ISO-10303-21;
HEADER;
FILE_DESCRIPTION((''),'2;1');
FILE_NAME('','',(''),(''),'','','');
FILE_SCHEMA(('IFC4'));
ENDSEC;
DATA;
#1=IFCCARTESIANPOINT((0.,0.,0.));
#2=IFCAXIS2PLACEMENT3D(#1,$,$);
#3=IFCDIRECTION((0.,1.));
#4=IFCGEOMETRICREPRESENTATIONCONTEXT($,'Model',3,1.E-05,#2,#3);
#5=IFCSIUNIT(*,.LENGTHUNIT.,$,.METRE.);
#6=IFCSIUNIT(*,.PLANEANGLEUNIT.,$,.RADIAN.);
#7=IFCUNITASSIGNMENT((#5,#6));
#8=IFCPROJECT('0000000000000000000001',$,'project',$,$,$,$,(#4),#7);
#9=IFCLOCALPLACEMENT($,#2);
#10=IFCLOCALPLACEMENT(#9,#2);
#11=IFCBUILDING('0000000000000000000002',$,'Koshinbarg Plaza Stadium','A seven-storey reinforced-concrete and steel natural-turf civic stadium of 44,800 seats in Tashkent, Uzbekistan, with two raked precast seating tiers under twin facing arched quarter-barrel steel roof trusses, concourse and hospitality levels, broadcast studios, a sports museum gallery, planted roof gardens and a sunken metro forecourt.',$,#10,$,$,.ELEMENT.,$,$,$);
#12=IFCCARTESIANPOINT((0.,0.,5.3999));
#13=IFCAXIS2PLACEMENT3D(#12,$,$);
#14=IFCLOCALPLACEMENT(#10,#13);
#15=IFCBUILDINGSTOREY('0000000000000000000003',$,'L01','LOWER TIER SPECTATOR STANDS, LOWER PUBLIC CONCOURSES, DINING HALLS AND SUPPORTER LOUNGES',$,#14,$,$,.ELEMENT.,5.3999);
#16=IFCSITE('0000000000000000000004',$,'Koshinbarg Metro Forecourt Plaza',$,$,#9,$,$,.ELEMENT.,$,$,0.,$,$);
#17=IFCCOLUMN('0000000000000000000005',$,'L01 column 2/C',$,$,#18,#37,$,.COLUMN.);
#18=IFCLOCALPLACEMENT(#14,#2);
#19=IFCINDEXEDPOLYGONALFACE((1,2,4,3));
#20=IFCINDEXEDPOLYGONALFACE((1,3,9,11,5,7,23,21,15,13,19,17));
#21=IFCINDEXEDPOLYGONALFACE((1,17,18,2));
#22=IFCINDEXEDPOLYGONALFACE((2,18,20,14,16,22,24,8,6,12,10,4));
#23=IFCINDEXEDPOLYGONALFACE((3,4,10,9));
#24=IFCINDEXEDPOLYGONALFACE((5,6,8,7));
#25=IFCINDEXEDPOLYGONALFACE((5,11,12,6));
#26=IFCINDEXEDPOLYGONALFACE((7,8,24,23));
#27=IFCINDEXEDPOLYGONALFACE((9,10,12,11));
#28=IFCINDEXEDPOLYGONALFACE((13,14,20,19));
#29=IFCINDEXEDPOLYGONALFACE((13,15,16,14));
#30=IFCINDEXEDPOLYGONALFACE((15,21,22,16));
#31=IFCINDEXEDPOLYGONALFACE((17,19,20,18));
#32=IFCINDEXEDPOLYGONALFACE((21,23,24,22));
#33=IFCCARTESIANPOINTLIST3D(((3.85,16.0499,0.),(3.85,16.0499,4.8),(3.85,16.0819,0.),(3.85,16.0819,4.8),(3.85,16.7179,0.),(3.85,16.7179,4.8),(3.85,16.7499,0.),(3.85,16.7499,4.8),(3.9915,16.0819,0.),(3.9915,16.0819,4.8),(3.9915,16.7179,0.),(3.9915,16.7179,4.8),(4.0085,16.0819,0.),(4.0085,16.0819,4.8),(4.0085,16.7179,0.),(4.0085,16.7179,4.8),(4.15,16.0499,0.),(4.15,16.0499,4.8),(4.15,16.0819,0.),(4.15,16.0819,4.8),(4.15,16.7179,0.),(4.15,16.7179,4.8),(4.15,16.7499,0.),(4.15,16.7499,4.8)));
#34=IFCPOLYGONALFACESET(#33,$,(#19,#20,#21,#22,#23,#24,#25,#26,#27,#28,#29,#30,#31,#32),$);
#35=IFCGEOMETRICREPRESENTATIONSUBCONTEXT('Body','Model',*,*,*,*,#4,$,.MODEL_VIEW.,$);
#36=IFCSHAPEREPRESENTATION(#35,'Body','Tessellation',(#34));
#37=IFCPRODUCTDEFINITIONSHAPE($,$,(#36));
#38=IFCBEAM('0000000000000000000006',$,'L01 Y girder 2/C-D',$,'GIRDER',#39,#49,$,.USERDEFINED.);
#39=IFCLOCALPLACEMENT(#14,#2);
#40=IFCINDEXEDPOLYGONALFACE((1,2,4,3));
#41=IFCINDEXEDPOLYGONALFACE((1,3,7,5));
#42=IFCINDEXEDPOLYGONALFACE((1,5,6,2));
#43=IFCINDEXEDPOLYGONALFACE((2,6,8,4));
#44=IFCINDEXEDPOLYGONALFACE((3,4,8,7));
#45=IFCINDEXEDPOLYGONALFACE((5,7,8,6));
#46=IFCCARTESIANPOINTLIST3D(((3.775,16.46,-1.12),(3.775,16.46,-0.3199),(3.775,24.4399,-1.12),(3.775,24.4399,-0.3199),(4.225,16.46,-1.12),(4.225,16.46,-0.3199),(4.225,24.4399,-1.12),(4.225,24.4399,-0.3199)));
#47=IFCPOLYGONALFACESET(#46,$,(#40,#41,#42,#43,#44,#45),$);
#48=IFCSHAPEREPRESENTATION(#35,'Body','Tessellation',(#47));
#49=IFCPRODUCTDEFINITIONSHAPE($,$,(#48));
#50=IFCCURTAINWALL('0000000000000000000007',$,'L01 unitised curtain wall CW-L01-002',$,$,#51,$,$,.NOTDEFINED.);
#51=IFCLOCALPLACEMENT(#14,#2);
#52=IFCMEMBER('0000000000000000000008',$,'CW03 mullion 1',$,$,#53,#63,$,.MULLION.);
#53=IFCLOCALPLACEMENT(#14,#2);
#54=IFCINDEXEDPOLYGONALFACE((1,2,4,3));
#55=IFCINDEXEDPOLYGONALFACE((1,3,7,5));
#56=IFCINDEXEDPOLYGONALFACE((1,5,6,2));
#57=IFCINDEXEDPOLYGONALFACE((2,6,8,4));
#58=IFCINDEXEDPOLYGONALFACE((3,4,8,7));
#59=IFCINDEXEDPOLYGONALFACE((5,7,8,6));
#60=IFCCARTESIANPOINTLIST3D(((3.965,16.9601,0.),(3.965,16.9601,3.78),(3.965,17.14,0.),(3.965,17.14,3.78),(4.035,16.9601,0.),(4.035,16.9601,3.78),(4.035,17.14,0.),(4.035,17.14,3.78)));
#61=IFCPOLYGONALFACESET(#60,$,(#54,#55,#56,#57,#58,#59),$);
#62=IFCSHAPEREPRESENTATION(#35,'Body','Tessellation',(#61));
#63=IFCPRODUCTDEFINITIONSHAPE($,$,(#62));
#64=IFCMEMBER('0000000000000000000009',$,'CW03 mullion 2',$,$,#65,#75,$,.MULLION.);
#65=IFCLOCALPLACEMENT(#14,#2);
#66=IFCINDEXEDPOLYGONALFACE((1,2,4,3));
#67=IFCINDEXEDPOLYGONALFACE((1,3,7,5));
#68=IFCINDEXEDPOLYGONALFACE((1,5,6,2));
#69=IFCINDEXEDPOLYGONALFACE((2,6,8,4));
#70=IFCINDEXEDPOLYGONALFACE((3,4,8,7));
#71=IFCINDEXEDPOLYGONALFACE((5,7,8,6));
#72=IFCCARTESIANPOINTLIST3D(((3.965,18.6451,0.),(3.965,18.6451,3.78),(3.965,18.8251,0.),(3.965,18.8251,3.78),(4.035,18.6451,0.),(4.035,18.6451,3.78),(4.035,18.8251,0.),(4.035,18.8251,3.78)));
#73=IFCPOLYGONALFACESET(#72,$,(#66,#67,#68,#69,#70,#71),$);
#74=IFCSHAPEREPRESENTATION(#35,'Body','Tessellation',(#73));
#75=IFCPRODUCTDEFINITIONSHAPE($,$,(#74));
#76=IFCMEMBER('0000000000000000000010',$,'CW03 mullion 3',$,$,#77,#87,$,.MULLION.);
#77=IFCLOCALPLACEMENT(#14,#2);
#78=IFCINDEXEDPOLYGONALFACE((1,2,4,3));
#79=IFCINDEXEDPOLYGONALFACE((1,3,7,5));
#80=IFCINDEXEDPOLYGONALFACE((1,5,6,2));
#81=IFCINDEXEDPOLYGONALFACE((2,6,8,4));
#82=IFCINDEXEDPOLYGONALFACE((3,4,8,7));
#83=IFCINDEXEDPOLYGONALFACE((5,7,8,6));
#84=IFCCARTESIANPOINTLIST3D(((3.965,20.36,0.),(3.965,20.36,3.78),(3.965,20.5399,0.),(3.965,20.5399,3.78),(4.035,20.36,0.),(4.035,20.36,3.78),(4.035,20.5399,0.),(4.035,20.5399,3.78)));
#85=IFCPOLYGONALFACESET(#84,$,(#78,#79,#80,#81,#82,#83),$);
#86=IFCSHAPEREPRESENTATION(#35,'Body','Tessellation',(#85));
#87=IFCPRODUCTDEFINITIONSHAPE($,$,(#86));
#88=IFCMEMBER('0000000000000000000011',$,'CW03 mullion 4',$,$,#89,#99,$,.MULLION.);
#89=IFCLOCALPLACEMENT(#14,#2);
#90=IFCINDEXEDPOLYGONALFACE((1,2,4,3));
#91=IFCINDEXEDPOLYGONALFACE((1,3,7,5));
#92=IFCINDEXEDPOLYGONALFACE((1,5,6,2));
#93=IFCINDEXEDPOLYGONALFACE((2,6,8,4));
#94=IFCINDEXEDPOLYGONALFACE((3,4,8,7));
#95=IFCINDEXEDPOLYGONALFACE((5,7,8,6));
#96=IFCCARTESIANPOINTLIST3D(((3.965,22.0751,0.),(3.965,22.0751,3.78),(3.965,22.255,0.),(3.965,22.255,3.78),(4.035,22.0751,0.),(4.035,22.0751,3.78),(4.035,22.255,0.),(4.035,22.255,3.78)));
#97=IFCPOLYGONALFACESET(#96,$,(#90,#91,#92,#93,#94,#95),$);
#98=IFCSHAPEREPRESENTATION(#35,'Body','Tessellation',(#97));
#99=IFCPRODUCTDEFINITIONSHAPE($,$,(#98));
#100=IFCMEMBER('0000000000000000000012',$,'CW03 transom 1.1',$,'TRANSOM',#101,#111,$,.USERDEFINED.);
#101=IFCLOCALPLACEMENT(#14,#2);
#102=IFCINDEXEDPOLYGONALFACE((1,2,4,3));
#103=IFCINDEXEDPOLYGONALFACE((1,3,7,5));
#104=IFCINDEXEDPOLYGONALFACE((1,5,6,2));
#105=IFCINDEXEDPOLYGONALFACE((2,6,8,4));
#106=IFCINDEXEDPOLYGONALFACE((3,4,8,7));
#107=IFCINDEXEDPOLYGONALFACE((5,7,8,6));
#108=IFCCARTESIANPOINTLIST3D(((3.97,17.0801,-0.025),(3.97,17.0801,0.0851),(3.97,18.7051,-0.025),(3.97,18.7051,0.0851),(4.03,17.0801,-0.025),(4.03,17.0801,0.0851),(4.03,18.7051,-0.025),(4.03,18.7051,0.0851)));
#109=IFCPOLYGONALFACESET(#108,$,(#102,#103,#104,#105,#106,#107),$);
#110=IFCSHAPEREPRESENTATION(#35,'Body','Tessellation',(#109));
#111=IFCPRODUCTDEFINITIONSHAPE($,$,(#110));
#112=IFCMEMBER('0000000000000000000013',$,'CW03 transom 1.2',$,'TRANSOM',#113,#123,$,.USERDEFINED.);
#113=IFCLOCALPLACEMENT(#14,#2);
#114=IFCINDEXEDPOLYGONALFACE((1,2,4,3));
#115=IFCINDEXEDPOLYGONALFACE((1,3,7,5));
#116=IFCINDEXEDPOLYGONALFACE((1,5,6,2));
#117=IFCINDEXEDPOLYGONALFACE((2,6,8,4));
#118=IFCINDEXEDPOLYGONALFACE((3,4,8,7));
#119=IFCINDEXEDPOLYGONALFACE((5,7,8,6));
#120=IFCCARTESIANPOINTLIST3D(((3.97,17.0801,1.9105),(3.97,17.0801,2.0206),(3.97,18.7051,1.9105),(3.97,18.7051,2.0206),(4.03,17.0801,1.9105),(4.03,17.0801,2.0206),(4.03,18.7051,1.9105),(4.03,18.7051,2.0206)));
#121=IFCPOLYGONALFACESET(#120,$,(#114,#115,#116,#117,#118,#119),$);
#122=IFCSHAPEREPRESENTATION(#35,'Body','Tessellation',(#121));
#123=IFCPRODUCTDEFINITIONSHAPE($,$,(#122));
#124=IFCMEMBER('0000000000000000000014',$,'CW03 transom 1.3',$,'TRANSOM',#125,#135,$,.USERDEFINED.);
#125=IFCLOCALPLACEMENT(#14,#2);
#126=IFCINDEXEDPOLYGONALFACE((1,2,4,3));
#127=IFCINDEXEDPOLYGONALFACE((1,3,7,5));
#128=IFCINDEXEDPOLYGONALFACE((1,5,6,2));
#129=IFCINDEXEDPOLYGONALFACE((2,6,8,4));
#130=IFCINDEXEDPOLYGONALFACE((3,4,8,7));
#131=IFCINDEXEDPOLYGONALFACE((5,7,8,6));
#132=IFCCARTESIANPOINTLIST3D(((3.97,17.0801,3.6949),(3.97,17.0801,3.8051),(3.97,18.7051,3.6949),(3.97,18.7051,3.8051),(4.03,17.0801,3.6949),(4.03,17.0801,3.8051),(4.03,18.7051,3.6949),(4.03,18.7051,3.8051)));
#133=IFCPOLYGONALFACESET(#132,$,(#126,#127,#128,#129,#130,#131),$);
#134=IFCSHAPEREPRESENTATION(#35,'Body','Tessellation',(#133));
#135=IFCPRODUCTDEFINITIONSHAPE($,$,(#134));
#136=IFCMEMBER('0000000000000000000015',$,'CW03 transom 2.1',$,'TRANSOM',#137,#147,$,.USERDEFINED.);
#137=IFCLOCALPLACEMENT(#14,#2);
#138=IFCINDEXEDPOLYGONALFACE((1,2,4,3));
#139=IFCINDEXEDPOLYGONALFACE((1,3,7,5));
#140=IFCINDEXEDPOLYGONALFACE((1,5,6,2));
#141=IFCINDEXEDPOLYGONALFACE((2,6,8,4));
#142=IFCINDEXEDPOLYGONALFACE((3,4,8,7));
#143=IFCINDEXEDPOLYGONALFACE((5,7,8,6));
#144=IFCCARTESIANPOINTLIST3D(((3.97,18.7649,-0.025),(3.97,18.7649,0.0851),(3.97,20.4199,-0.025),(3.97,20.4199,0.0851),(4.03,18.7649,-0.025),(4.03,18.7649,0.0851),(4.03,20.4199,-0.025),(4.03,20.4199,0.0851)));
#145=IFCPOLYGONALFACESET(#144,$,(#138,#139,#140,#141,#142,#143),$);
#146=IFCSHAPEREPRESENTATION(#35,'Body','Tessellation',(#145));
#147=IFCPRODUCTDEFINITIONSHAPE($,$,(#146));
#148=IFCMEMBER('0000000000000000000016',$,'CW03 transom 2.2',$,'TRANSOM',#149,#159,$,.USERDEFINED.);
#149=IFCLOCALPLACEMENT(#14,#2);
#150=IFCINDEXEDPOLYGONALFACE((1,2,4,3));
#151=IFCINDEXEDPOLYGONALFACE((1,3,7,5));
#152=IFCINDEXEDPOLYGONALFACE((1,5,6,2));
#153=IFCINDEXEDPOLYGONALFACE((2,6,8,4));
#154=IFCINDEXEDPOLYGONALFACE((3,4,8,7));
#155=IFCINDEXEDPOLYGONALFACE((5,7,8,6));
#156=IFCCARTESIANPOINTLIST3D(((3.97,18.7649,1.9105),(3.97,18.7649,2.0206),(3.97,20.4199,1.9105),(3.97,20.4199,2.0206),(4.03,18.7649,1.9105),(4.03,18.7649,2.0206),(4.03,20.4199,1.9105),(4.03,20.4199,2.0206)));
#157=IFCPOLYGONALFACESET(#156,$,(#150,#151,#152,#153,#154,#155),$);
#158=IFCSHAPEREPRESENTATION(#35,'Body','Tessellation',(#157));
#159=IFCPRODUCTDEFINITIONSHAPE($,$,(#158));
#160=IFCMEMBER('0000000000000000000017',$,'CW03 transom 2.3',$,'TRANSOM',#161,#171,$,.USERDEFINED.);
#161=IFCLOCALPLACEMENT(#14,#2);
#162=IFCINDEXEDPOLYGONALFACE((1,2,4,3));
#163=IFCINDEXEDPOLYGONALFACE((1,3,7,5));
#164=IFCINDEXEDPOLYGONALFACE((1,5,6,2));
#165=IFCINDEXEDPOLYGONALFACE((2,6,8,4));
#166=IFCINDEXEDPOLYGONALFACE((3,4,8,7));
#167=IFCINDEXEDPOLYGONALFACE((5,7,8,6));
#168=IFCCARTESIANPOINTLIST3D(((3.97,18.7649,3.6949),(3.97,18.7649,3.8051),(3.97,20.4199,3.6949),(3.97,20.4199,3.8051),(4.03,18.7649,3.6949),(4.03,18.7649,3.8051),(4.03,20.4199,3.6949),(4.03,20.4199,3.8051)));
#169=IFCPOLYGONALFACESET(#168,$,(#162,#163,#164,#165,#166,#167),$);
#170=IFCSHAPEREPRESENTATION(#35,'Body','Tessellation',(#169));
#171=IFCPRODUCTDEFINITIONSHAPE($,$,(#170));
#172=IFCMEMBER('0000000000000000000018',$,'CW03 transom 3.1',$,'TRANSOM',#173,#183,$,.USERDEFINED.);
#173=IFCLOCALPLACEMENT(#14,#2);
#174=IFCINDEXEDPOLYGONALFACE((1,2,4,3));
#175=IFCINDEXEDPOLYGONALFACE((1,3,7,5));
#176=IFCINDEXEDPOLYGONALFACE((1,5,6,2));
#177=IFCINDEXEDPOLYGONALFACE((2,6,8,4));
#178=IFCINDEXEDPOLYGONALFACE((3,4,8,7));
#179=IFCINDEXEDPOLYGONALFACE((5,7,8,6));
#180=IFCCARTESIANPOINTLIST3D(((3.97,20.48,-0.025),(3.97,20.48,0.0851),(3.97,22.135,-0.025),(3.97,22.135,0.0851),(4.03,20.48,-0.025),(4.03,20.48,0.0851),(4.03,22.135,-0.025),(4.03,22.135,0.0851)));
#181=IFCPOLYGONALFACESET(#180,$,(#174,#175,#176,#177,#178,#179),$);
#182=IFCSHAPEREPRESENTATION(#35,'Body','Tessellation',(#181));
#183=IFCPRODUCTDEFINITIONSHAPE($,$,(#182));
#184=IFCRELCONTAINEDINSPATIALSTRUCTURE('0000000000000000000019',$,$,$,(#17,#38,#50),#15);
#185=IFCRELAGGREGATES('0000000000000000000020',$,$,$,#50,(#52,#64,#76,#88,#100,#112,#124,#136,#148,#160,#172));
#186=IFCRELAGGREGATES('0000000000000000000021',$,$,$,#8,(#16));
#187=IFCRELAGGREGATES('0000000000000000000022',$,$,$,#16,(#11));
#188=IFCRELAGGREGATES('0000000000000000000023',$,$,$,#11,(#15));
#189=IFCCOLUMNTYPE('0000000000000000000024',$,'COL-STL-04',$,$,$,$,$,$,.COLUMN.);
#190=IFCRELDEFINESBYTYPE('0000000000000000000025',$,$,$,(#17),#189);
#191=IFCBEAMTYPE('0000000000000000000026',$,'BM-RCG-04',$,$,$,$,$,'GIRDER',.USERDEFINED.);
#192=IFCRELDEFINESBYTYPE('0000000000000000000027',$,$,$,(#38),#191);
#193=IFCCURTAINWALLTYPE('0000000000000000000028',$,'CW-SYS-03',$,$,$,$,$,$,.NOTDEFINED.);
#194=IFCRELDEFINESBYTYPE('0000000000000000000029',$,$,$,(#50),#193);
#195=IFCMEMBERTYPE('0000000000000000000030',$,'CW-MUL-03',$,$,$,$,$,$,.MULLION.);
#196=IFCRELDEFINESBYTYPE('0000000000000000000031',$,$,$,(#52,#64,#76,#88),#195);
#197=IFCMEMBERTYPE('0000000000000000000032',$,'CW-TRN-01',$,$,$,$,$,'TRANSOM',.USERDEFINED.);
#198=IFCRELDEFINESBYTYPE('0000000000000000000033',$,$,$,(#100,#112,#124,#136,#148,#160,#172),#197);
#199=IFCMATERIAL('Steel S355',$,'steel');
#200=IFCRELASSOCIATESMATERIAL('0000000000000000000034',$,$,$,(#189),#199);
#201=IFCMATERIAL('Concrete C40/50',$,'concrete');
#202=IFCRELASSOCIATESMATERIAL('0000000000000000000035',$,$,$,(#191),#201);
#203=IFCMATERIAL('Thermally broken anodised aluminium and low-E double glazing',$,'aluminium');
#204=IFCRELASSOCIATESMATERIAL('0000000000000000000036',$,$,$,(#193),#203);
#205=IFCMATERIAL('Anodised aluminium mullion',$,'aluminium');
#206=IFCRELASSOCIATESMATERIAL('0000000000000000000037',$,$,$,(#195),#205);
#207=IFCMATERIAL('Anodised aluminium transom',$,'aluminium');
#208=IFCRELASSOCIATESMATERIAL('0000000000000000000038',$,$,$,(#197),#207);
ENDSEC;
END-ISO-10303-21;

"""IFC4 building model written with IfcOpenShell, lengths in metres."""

from ifc_helpers import new_model, si_unit, direction, frame, origin, origin_2d, place, context, subcontext, project, spatial, rectangle, i_section, extrude, material, material_profile, profile_set, type_object, element, aggregate, save


model = new_model("IFC4")

# Units and contexts
model_context = context("Model", 3, precision=1e-05, world=origin(), true_north=direction((0.0, 1.0)))
body_context = subcontext(model_context, "Body", "Model", "MODEL_VIEW")
ifc_project = project(units=[si_unit("LENGTHUNIT", "METRE"), si_unit("PLANEANGLEUNIT", "RADIAN")], contexts=[model_context])

# Site, building, storey
site_placement = place(None, origin())
site = spatial("IfcSite", under=ifc_project, at=site_placement, Name="Koshinbarg Metro Forecourt Plaza", CompositionType="ELEMENT", RefElevation=0.0)
building_placement = place(site_placement, origin())
building = spatial("IfcBuilding", under=site, at=building_placement, Name="Koshinbarg Plaza Stadium", Description="A seven-storey reinforced-concrete and steel natural-turf civic stadium of 44,800 seats in Tashkent, Uzbekistan, with two raked precast seating tiers under twin facing arched quarter-barrel steel roof trusses, concourse and hospitality levels, broadcast studios, a sports museum gallery, planted roof gardens and a sunken metro forecourt.", CompositionType="ELEMENT")
storey_placement = place(building_placement, frame((0.0, 0.0, 5.3999)))
storey = spatial("IfcBuildingStorey", under=building, at=storey_placement, Name="L01", Description="LOWER TIER SPECTATOR STANDS, LOWER PUBLIC CONCOURSES, DINING HALLS AND SUPPORTER LOUNGES", CompositionType="ELEMENT", Elevation=5.3999)

# Column
ifc_material_1 = material(Name="Steel S355", Category="steel")
ifc_material_profile_1 = material_profile(ifc_material_1, i_section(OverallWidth=0.3, OverallDepth=0.7, WebThickness=0.0171, FlangeThickness=0.032, at=origin_2d()), Name="HEB 700")
ifc_profile_set_1 = profile_set([ifc_material_profile_1], Name="Steel S355")
column_type = type_object("IfcColumnType", Name="COL-STL-04", PredefinedType="COLUMN", material=ifc_profile_set_1)
column_placement = place(storey_placement, frame((4.0, 16.3999, 0.0), z_axis=(0.0, 0.0, 1.0), x_axis=(1.0, 0.0, 0.0)))
element("IfcColumn", 1, at=column_placement, inside=storey, type_object=column_type, Name="L01 column 2/C", PredefinedType="COLUMN", context=body_context, shape_type="SweptSolid", body=[
    extrude(i_section(OverallWidth=0.3, OverallDepth=0.7, WebThickness=0.0171, FlangeThickness=0.032, at=origin_2d()), origin(), (0.0, 0.0, 1.0), 4.8),
])

# Beam
ifc_material_2 = material(Name="Concrete C40/50", Category="concrete")
ifc_material_profile_2 = material_profile(ifc_material_2, rectangle(XDim=0.45, YDim=0.8, at=origin_2d()), Name="RC 450x800")
ifc_profile_set_2 = profile_set([ifc_material_profile_2], Name="Concrete C40/50")
beam_type = type_object("IfcBeamType", Name="BM-RCG-04", ElementType="GIRDER", PredefinedType="USERDEFINED", material=ifc_profile_set_2)
beam_placement = place(storey_placement, frame((4.0, 16.46, -0.72), z_axis=(0.0, 1.0, 0.0), x_axis=(-1.0, 0.0, 0.0)))
element("IfcBeam", 2, at=beam_placement, inside=storey, type_object=beam_type, Name="L01 Y girder 2/C-D", ObjectType="GIRDER", PredefinedType="USERDEFINED", context=body_context, shape_type="SweptSolid", body=[
    extrude(rectangle(XDim=0.45, YDim=0.8, at=origin_2d()), origin(), (0.0, 0.0, 1.0), 7.98),
])

# Curtain wall, members
ifc_material_3 = material(Name="Thermally broken anodised aluminium and low-E double glazing", Category="aluminium")
curtain_wall_type = type_object("IfcCurtainWallType", Name="CW-SYS-03", PredefinedType="NOTDEFINED", material=ifc_material_3)
curtain_wall_placement = place(storey_placement, origin())
curtain_wall = element("IfcCurtainWall", 3, at=curtain_wall_placement, inside=storey, type_object=curtain_wall_type, Name="L01 unitised curtain wall CW-L01-002", PredefinedType="NOTDEFINED")
ifc_material_4 = material(Name="Anodised aluminium mullion", Category="aluminium")
ifc_material_profile_3 = material_profile(ifc_material_4, rectangle(XDim=0.0701, YDim=0.1799, at=origin_2d()), Name="ALU 70x180")
ifc_profile_set_3 = profile_set([ifc_material_profile_3], Name="Anodised aluminium mullion")
member_type_1 = type_object("IfcMemberType", Name="CW-MUL-03", PredefinedType="MULLION", material=ifc_profile_set_3)
member_1_placement = place(storey_placement, frame((4.0, 17.05, 0.0), z_axis=(0.0, 0.0, 1.0), x_axis=(-1.0, 0.0, 0.0)))
member_1 = element("IfcMember", 4, at=member_1_placement, type_object=member_type_1, Name="CW03 mullion 1", PredefinedType="MULLION", context=body_context, shape_type="SweptSolid", body=[
    extrude(rectangle(XDim=0.0701, YDim=0.1799, at=origin_2d()), origin(), (0.0, 0.0, 1.0), 3.78),
])
member_2_placement = place(storey_placement, frame((4.0, 18.7351, 0.0), z_axis=(0.0, 0.0, 1.0), x_axis=(-1.0, 0.0, 0.0)))
member_2 = element("IfcMember", 5, at=member_2_placement, type_object=member_type_1, Name="CW03 mullion 2", PredefinedType="MULLION", context=body_context, shape_type="SweptSolid", body=[
    extrude(rectangle(XDim=0.0701, YDim=0.1799, at=origin_2d()), origin(), (0.0, 0.0, 1.0), 3.78),
])
member_3_placement = place(storey_placement, frame((4.0, 20.45, 0.0), z_axis=(0.0, 0.0, 1.0), x_axis=(-1.0, 0.0, 0.0)))
member_3 = element("IfcMember", 6, at=member_3_placement, type_object=member_type_1, Name="CW03 mullion 3", PredefinedType="MULLION", context=body_context, shape_type="SweptSolid", body=[
    extrude(rectangle(XDim=0.0701, YDim=0.1799, at=origin_2d()), origin(), (0.0, 0.0, 1.0), 3.78),
])
member_4_placement = place(storey_placement, frame((4.0, 22.165, 0.0), z_axis=(0.0, 0.0, 1.0), x_axis=(-1.0, 0.0, 0.0)))
member_4 = element("IfcMember", 7, at=member_4_placement, type_object=member_type_1, Name="CW03 mullion 4", PredefinedType="MULLION", context=body_context, shape_type="SweptSolid", body=[
    extrude(rectangle(XDim=0.0701, YDim=0.1799, at=origin_2d()), origin(), (0.0, 0.0, 1.0), 3.78),
])
ifc_material_5 = material(Name="Anodised aluminium transom", Category="aluminium")
ifc_material_profile_4 = material_profile(ifc_material_5, rectangle(XDim=0.0601, YDim=0.1101, at=origin_2d()), Name="ALU 60x110")
ifc_profile_set_4 = profile_set([ifc_material_profile_4], Name="Anodised aluminium transom")
member_type_2 = type_object("IfcMemberType", Name="CW-TRN-01", ElementType="TRANSOM", PredefinedType="USERDEFINED", material=ifc_profile_set_4)
member_5_placement = place(storey_placement, frame((4.0, 17.0801, 0.03), z_axis=(0.0, 1.0, 0.0), x_axis=(-1.0, 0.0, 0.0)))
member_5 = element("IfcMember", 8, at=member_5_placement, type_object=member_type_2, Name="CW03 transom 1.1", ObjectType="TRANSOM", PredefinedType="USERDEFINED", context=body_context, shape_type="SweptSolid", body=[
    extrude(rectangle(XDim=0.0601, YDim=0.1101, at=origin_2d()), origin(), (0.0, 0.0, 1.0), 1.625),
])
member_6_placement = place(storey_placement, frame((4.0, 17.0801, 1.9656), z_axis=(0.0, 1.0, 0.0), x_axis=(-1.0, 0.0, 0.0)))
member_6 = element("IfcMember", 9, at=member_6_placement, type_object=member_type_2, Name="CW03 transom 1.2", ObjectType="TRANSOM", PredefinedType="USERDEFINED", context=body_context, shape_type="SweptSolid", body=[
    extrude(rectangle(XDim=0.0601, YDim=0.1101, at=origin_2d()), origin(), (0.0, 0.0, 1.0), 1.625),
])
member_7_placement = place(storey_placement, frame((4.0, 17.0801, 3.75), z_axis=(0.0, 1.0, 0.0), x_axis=(-1.0, 0.0, 0.0)))
member_7 = element("IfcMember", 10, at=member_7_placement, type_object=member_type_2, Name="CW03 transom 1.3", ObjectType="TRANSOM", PredefinedType="USERDEFINED", context=body_context, shape_type="SweptSolid", body=[
    extrude(rectangle(XDim=0.0601, YDim=0.1101, at=origin_2d()), origin(), (0.0, 0.0, 1.0), 1.625),
])
member_8_placement = place(storey_placement, frame((4.0, 18.7649, 0.03), z_axis=(0.0, 1.0, 0.0), x_axis=(-1.0, 0.0, 0.0)))
member_8 = element("IfcMember", 11, at=member_8_placement, type_object=member_type_2, Name="CW03 transom 2.1", ObjectType="TRANSOM", PredefinedType="USERDEFINED", context=body_context, shape_type="SweptSolid", body=[
    extrude(rectangle(XDim=0.0601, YDim=0.1101, at=origin_2d()), origin(), (0.0, 0.0, 1.0), 1.655),
])
member_9_placement = place(storey_placement, frame((4.0, 18.7649, 1.9656), z_axis=(0.0, 1.0, 0.0), x_axis=(-1.0, 0.0, 0.0)))
member_9 = element("IfcMember", 12, at=member_9_placement, type_object=member_type_2, Name="CW03 transom 2.2", ObjectType="TRANSOM", PredefinedType="USERDEFINED", context=body_context, shape_type="SweptSolid", body=[
    extrude(rectangle(XDim=0.0601, YDim=0.1101, at=origin_2d()), origin(), (0.0, 0.0, 1.0), 1.655),
])
member_10_placement = place(storey_placement, frame((4.0, 18.7649, 3.75), z_axis=(0.0, 1.0, 0.0), x_axis=(-1.0, 0.0, 0.0)))
member_10 = element("IfcMember", 13, at=member_10_placement, type_object=member_type_2, Name="CW03 transom 2.3", ObjectType="TRANSOM", PredefinedType="USERDEFINED", context=body_context, shape_type="SweptSolid", body=[
    extrude(rectangle(XDim=0.0601, YDim=0.1101, at=origin_2d()), origin(), (0.0, 0.0, 1.0), 1.655),
])
member_11_placement = place(storey_placement, frame((4.0, 20.48, 0.03), z_axis=(0.0, 1.0, 0.0), x_axis=(-1.0, 0.0, 0.0)))
member_11 = element("IfcMember", 14, at=member_11_placement, type_object=member_type_2, Name="CW03 transom 3.1", ObjectType="TRANSOM", PredefinedType="USERDEFINED", context=body_context, shape_type="SweptSolid", body=[
    extrude(rectangle(XDim=0.0601, YDim=0.1101, at=origin_2d()), origin(), (0.0, 0.0, 1.0), 1.655),
])
aggregate(curtain_wall, [member_1, member_2, member_3, member_4, member_5, member_6, member_7, member_8, member_9, member_10, member_11])

save(model, "model.ifc")
